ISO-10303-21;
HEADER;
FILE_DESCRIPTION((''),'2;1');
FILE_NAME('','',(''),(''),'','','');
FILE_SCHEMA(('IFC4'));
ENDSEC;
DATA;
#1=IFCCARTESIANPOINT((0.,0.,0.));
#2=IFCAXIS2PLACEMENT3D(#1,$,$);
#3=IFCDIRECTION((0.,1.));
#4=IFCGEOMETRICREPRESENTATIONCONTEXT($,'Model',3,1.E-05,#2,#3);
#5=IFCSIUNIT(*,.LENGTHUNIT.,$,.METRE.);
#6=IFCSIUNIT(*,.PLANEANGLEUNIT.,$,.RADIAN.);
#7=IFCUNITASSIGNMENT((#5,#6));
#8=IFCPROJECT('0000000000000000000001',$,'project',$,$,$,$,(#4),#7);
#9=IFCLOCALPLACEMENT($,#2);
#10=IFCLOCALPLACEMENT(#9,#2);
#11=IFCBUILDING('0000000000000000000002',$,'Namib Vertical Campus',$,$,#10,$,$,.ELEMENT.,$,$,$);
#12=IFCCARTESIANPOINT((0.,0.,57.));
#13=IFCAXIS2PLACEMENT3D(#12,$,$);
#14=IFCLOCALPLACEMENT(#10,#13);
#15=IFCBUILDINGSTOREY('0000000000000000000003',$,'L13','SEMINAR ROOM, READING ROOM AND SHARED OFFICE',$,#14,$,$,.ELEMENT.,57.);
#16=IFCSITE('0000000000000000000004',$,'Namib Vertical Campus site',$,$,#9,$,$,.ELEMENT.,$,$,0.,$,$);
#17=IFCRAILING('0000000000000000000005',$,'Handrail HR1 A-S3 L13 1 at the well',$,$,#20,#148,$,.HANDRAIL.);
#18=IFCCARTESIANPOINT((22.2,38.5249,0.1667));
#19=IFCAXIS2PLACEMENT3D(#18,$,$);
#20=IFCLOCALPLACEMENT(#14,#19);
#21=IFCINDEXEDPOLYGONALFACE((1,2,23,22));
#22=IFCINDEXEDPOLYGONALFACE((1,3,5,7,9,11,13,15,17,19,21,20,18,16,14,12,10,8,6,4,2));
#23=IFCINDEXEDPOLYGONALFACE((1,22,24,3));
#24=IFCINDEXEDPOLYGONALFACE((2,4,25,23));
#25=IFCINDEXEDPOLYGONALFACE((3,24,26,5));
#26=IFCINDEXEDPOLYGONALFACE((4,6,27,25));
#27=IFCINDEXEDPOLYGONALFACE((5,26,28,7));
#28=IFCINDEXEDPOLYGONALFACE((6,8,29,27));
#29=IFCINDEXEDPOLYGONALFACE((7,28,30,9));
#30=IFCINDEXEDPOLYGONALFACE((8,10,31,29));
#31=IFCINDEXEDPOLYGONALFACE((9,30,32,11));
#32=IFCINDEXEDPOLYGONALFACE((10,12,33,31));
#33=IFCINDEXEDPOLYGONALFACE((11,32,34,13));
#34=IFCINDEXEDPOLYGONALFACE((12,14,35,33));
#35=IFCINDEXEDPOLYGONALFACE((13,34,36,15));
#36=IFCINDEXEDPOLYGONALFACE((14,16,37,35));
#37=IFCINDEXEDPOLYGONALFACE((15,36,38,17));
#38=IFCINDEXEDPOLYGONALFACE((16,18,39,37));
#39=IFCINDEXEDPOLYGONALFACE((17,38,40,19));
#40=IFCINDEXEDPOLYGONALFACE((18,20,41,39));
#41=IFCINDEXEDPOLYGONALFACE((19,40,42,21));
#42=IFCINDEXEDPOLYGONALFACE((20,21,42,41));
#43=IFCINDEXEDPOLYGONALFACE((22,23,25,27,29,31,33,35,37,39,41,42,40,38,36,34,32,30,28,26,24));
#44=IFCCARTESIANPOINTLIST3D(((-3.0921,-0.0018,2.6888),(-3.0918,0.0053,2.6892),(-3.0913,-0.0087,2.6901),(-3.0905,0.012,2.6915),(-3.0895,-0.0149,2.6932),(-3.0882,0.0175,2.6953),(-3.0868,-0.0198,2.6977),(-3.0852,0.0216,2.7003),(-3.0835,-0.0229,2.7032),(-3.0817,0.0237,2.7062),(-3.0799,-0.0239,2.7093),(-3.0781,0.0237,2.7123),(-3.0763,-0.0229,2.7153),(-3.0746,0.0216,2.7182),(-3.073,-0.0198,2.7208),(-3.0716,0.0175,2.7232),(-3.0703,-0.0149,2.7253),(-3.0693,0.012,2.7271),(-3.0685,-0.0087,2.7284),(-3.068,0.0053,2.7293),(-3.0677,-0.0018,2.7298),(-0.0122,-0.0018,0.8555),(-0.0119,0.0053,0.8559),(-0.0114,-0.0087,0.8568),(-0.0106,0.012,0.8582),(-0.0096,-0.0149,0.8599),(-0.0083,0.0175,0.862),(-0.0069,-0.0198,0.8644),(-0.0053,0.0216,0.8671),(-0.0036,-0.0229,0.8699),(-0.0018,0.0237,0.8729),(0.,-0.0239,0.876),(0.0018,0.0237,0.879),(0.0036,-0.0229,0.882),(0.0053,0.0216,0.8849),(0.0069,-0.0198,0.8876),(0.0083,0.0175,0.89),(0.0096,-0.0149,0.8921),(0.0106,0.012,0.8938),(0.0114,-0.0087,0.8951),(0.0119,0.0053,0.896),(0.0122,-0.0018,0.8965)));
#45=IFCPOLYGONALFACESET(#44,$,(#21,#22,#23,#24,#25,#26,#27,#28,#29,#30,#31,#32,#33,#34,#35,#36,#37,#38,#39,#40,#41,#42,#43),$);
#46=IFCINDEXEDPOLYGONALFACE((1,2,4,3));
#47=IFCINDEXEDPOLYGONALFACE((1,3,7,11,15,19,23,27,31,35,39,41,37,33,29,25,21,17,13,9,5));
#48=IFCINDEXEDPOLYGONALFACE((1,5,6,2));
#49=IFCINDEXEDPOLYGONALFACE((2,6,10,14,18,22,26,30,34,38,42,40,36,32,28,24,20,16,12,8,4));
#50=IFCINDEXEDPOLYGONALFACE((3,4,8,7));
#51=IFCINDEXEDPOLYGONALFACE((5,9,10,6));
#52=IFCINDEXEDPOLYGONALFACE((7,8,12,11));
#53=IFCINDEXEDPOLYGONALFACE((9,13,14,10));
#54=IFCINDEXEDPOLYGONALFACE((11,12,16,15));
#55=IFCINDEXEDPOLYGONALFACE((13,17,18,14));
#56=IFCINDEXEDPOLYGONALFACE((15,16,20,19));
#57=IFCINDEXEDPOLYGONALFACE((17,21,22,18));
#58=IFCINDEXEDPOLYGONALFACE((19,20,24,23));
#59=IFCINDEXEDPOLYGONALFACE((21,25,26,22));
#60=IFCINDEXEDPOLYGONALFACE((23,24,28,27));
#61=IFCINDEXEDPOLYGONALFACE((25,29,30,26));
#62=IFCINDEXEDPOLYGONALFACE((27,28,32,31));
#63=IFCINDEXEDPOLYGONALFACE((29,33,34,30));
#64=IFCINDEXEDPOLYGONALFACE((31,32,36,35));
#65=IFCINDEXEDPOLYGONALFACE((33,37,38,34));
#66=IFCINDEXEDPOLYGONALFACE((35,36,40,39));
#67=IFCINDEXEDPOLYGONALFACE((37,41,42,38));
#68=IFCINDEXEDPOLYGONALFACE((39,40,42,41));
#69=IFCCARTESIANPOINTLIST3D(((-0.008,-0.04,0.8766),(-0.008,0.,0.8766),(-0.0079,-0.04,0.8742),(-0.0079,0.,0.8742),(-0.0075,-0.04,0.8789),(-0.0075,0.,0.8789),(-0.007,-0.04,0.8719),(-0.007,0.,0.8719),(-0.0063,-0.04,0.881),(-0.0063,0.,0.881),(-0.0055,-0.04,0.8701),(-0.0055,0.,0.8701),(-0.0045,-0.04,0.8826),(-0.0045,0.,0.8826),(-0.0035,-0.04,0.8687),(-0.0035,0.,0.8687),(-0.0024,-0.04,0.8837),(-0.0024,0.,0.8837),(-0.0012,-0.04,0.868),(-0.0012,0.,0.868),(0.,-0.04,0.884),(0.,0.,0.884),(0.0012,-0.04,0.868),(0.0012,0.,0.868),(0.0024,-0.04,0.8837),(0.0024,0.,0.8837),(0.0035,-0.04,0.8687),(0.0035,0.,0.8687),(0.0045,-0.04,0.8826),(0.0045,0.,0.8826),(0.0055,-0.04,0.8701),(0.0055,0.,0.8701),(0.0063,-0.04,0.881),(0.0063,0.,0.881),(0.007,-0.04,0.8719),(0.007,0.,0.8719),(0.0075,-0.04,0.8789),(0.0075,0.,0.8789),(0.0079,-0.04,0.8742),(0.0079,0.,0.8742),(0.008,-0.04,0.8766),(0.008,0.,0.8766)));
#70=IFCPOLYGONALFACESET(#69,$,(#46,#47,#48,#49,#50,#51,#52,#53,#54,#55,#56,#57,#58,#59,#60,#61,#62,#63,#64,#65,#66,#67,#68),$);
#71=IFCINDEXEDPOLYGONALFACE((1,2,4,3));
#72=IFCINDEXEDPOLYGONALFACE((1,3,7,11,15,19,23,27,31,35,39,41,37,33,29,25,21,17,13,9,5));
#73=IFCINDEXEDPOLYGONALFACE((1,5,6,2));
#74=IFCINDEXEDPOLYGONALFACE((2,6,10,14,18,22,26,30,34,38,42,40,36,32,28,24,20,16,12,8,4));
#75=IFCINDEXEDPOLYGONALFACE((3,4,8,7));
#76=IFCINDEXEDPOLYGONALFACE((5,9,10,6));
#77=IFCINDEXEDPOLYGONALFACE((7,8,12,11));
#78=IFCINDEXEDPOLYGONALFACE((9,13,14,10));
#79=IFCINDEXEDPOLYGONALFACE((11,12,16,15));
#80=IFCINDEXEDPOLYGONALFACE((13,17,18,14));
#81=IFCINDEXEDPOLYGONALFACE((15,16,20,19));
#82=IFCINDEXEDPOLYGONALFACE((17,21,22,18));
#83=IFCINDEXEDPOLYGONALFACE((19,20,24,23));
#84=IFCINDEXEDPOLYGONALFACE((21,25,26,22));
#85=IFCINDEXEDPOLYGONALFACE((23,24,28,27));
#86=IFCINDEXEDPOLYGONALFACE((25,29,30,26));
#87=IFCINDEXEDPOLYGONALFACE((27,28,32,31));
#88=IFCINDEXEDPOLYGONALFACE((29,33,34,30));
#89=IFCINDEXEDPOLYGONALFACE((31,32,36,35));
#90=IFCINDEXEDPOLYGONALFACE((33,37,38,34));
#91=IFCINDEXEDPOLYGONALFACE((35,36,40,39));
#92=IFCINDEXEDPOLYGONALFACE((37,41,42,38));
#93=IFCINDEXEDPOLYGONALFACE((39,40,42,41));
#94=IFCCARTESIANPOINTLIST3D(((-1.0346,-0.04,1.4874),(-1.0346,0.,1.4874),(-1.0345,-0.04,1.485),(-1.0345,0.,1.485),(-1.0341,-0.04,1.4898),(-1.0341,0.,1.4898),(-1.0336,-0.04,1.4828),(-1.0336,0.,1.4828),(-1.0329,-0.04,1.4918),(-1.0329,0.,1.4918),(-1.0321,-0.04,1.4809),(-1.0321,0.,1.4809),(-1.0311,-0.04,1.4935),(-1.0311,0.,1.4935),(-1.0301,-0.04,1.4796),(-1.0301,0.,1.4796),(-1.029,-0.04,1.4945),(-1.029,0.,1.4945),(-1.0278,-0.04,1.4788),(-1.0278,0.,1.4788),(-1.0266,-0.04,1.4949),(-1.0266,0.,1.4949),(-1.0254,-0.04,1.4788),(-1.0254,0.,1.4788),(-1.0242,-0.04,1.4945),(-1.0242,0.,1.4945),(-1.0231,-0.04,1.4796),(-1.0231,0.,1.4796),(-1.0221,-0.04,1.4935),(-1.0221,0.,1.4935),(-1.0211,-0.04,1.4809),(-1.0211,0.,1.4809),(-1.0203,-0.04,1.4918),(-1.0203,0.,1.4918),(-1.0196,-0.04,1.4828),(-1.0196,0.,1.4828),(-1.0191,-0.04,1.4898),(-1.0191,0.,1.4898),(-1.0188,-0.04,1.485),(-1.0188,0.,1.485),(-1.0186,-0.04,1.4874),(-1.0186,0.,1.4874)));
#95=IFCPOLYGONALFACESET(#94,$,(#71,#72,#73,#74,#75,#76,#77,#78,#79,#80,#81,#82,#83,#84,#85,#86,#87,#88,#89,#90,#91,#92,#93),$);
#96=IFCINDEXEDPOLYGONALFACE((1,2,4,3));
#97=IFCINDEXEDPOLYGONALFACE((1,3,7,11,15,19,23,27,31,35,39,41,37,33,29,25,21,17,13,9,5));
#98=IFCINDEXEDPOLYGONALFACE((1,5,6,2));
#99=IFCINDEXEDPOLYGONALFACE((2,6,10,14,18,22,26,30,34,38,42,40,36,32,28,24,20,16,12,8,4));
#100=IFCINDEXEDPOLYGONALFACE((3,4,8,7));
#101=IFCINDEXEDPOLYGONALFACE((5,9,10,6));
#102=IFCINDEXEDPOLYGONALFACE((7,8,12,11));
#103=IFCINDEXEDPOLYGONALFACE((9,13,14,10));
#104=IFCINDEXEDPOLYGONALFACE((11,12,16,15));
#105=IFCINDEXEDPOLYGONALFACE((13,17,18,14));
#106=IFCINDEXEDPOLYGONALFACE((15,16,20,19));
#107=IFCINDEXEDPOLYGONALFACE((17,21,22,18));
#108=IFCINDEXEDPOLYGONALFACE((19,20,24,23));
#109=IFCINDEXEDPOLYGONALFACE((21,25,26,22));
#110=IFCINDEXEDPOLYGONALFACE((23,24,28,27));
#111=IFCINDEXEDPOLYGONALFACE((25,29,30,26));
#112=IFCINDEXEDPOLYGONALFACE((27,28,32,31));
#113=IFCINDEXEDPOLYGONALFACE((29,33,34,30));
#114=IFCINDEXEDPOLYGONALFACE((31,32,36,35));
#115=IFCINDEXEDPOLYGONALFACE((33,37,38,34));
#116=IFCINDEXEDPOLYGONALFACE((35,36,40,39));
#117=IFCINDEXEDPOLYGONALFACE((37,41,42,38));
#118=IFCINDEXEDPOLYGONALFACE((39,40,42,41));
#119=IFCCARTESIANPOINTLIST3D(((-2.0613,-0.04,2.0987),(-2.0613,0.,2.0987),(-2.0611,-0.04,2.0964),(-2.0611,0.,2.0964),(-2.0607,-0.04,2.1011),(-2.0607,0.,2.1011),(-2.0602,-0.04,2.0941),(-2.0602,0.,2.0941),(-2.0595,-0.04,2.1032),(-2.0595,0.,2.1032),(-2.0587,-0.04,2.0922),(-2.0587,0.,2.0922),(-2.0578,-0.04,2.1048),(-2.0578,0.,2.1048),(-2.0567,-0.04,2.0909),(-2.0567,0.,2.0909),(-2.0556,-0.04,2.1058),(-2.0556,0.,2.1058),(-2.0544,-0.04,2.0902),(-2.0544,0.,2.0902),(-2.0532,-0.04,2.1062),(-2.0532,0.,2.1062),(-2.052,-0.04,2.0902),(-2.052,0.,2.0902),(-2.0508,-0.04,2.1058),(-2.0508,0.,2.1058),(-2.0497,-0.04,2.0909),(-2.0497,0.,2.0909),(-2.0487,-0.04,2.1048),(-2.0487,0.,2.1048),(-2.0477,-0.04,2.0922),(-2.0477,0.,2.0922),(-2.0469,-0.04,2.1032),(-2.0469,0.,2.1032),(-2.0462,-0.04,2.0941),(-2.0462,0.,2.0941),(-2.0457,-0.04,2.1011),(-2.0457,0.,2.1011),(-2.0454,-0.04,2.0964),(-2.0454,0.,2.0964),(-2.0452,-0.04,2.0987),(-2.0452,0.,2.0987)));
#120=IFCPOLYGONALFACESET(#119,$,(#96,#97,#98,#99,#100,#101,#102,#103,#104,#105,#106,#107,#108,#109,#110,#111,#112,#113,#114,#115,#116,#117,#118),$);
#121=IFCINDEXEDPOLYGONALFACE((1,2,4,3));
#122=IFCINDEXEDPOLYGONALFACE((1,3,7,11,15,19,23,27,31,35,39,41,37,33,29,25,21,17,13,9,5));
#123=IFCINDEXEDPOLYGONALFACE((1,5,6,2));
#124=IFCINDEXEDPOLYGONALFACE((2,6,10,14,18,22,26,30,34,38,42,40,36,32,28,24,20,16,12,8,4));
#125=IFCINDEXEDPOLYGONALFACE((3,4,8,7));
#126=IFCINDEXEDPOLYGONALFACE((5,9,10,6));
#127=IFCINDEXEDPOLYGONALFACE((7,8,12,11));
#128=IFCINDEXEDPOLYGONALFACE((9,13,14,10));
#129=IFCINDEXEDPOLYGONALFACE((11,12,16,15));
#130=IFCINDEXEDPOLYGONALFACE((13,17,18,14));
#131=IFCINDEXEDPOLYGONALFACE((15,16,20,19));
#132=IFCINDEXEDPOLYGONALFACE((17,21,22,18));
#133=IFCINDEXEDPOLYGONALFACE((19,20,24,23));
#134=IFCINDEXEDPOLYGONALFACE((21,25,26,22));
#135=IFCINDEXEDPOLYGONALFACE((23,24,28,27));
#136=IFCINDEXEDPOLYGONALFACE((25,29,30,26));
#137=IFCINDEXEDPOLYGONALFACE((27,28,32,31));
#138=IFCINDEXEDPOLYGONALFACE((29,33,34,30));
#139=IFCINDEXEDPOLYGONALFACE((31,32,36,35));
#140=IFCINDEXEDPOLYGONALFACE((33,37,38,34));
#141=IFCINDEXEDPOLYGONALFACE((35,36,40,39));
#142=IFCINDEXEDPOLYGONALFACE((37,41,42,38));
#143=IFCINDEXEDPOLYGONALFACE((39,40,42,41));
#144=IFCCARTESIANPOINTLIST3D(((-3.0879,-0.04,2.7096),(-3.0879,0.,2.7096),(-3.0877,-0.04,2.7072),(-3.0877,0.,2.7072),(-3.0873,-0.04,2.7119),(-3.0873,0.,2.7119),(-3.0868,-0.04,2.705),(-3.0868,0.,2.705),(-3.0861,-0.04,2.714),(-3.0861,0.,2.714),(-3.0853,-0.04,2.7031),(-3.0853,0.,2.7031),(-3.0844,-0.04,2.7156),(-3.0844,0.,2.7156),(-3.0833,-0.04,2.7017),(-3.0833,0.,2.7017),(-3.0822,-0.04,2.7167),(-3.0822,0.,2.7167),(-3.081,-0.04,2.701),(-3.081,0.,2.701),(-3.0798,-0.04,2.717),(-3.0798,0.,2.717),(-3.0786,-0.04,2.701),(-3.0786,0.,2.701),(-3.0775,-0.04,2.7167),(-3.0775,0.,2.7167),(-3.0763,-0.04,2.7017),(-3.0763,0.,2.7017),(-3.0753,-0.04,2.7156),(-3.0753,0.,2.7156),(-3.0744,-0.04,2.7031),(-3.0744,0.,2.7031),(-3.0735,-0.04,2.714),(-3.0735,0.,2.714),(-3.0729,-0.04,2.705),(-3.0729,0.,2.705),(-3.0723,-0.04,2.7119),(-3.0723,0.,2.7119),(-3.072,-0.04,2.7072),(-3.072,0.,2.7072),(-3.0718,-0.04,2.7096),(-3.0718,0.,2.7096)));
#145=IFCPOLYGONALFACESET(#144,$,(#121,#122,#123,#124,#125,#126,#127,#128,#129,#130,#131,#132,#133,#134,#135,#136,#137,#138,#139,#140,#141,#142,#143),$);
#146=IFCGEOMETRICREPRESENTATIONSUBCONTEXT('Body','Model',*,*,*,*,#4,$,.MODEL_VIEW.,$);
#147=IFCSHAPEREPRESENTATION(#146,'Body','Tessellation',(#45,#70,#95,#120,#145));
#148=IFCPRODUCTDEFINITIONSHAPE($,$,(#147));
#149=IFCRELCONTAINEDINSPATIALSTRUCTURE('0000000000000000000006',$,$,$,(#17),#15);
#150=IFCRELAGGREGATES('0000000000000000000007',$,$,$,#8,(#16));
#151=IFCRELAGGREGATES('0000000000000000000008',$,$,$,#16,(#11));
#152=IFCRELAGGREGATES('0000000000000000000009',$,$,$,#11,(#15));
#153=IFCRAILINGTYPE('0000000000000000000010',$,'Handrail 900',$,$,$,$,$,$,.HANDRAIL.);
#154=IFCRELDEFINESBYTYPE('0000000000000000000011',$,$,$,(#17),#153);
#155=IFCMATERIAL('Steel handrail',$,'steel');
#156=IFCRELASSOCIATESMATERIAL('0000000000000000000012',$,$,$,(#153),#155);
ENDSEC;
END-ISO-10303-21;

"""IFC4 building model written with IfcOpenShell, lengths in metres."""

from ifc_helpers import new_model, si_unit, direction, frame, origin, origin_2d, place, context, subcontext, project, spatial, circle, extrude, material, type_object, element, save


model = new_model("IFC4")

# Units and contexts
model_context = context("Model", 3, precision=1e-05, world=origin(), true_north=direction((0.0, 1.0)))
body_context = subcontext(model_context, "Body", "Model", "MODEL_VIEW")
ifc_project = project(units=[si_unit("LENGTHUNIT", "METRE"), si_unit("PLANEANGLEUNIT", "RADIAN")], contexts=[model_context])

# Site, building, storey
site_placement = place(None, origin())
site = spatial("IfcSite", under=ifc_project, at=site_placement, Name="Namib Vertical Campus site", CompositionType="ELEMENT", RefElevation=0.0)
building_placement = place(site_placement, origin())
building = spatial("IfcBuilding", under=site, at=building_placement, Name="Namib Vertical Campus", CompositionType="ELEMENT")
storey_placement = place(building_placement, frame((0.0, 0.0, 57.0)))
storey = spatial("IfcBuildingStorey", under=building, at=storey_placement, Name="L13", Description="SEMINAR ROOM, READING ROOM AND SHARED OFFICE", CompositionType="ELEMENT", Elevation=57.0)

# Railing
ifc_material_1 = material(Name="Steel handrail", Category="steel")
railing_type_1 = type_object("IfcRailingType", Name="Handrail 900", PredefinedType="HANDRAIL", material=ifc_material_1)
railing_1_placement = place(storey_placement, frame((22.2, 38.5249, 0.1667)))
element("IfcRailing", 1, at=railing_1_placement, inside=storey, type_object=railing_type_1, Name="Handrail HR1 A-S3 L13 1 at the well", PredefinedType="HANDRAIL", context=body_context, shape_type="SweptSolid", body=[
    extrude(circle(Radius=0.0239, at=origin_2d()), frame((0.0, 0.0, 0.876), z_axis=(-0.859291, 0.0, 0.511487), x_axis=(0.0, -1.0, 0.0)), (0.0, 0.0, 1.0), 3.5842),
    extrude(circle(Radius=0.0081, at=origin_2d()), frame((0.0, 0.0, 0.876), z_axis=(0.0, -1.0, 0.0), x_axis=(0.0, 0.0, 1.0)), (0.0, 0.0, 1.0), 0.04),
    extrude(circle(Radius=0.0081, at=origin_2d()), frame((-1.0266, 0.0, 1.4868), z_axis=(0.0, -1.0, 0.0), x_axis=(0.0, 0.0, 1.0)), (0.0, 0.0, 1.0), 0.04),
    extrude(circle(Radius=0.0081, at=origin_2d()), frame((-2.0532, 0.0, 2.0981), z_axis=(0.0, -1.0, 0.0), x_axis=(0.0, 0.0, 1.0)), (0.0, 0.0, 1.0), 0.04),
    extrude(circle(Radius=0.0081, at=origin_2d()), frame((-3.0798, 0.0, 2.709), z_axis=(0.0, -1.0, 0.0), x_axis=(0.0, 0.0, 1.0)), (0.0, 0.0, 1.0), 0.04),
])

save(model, "model.ifc")
